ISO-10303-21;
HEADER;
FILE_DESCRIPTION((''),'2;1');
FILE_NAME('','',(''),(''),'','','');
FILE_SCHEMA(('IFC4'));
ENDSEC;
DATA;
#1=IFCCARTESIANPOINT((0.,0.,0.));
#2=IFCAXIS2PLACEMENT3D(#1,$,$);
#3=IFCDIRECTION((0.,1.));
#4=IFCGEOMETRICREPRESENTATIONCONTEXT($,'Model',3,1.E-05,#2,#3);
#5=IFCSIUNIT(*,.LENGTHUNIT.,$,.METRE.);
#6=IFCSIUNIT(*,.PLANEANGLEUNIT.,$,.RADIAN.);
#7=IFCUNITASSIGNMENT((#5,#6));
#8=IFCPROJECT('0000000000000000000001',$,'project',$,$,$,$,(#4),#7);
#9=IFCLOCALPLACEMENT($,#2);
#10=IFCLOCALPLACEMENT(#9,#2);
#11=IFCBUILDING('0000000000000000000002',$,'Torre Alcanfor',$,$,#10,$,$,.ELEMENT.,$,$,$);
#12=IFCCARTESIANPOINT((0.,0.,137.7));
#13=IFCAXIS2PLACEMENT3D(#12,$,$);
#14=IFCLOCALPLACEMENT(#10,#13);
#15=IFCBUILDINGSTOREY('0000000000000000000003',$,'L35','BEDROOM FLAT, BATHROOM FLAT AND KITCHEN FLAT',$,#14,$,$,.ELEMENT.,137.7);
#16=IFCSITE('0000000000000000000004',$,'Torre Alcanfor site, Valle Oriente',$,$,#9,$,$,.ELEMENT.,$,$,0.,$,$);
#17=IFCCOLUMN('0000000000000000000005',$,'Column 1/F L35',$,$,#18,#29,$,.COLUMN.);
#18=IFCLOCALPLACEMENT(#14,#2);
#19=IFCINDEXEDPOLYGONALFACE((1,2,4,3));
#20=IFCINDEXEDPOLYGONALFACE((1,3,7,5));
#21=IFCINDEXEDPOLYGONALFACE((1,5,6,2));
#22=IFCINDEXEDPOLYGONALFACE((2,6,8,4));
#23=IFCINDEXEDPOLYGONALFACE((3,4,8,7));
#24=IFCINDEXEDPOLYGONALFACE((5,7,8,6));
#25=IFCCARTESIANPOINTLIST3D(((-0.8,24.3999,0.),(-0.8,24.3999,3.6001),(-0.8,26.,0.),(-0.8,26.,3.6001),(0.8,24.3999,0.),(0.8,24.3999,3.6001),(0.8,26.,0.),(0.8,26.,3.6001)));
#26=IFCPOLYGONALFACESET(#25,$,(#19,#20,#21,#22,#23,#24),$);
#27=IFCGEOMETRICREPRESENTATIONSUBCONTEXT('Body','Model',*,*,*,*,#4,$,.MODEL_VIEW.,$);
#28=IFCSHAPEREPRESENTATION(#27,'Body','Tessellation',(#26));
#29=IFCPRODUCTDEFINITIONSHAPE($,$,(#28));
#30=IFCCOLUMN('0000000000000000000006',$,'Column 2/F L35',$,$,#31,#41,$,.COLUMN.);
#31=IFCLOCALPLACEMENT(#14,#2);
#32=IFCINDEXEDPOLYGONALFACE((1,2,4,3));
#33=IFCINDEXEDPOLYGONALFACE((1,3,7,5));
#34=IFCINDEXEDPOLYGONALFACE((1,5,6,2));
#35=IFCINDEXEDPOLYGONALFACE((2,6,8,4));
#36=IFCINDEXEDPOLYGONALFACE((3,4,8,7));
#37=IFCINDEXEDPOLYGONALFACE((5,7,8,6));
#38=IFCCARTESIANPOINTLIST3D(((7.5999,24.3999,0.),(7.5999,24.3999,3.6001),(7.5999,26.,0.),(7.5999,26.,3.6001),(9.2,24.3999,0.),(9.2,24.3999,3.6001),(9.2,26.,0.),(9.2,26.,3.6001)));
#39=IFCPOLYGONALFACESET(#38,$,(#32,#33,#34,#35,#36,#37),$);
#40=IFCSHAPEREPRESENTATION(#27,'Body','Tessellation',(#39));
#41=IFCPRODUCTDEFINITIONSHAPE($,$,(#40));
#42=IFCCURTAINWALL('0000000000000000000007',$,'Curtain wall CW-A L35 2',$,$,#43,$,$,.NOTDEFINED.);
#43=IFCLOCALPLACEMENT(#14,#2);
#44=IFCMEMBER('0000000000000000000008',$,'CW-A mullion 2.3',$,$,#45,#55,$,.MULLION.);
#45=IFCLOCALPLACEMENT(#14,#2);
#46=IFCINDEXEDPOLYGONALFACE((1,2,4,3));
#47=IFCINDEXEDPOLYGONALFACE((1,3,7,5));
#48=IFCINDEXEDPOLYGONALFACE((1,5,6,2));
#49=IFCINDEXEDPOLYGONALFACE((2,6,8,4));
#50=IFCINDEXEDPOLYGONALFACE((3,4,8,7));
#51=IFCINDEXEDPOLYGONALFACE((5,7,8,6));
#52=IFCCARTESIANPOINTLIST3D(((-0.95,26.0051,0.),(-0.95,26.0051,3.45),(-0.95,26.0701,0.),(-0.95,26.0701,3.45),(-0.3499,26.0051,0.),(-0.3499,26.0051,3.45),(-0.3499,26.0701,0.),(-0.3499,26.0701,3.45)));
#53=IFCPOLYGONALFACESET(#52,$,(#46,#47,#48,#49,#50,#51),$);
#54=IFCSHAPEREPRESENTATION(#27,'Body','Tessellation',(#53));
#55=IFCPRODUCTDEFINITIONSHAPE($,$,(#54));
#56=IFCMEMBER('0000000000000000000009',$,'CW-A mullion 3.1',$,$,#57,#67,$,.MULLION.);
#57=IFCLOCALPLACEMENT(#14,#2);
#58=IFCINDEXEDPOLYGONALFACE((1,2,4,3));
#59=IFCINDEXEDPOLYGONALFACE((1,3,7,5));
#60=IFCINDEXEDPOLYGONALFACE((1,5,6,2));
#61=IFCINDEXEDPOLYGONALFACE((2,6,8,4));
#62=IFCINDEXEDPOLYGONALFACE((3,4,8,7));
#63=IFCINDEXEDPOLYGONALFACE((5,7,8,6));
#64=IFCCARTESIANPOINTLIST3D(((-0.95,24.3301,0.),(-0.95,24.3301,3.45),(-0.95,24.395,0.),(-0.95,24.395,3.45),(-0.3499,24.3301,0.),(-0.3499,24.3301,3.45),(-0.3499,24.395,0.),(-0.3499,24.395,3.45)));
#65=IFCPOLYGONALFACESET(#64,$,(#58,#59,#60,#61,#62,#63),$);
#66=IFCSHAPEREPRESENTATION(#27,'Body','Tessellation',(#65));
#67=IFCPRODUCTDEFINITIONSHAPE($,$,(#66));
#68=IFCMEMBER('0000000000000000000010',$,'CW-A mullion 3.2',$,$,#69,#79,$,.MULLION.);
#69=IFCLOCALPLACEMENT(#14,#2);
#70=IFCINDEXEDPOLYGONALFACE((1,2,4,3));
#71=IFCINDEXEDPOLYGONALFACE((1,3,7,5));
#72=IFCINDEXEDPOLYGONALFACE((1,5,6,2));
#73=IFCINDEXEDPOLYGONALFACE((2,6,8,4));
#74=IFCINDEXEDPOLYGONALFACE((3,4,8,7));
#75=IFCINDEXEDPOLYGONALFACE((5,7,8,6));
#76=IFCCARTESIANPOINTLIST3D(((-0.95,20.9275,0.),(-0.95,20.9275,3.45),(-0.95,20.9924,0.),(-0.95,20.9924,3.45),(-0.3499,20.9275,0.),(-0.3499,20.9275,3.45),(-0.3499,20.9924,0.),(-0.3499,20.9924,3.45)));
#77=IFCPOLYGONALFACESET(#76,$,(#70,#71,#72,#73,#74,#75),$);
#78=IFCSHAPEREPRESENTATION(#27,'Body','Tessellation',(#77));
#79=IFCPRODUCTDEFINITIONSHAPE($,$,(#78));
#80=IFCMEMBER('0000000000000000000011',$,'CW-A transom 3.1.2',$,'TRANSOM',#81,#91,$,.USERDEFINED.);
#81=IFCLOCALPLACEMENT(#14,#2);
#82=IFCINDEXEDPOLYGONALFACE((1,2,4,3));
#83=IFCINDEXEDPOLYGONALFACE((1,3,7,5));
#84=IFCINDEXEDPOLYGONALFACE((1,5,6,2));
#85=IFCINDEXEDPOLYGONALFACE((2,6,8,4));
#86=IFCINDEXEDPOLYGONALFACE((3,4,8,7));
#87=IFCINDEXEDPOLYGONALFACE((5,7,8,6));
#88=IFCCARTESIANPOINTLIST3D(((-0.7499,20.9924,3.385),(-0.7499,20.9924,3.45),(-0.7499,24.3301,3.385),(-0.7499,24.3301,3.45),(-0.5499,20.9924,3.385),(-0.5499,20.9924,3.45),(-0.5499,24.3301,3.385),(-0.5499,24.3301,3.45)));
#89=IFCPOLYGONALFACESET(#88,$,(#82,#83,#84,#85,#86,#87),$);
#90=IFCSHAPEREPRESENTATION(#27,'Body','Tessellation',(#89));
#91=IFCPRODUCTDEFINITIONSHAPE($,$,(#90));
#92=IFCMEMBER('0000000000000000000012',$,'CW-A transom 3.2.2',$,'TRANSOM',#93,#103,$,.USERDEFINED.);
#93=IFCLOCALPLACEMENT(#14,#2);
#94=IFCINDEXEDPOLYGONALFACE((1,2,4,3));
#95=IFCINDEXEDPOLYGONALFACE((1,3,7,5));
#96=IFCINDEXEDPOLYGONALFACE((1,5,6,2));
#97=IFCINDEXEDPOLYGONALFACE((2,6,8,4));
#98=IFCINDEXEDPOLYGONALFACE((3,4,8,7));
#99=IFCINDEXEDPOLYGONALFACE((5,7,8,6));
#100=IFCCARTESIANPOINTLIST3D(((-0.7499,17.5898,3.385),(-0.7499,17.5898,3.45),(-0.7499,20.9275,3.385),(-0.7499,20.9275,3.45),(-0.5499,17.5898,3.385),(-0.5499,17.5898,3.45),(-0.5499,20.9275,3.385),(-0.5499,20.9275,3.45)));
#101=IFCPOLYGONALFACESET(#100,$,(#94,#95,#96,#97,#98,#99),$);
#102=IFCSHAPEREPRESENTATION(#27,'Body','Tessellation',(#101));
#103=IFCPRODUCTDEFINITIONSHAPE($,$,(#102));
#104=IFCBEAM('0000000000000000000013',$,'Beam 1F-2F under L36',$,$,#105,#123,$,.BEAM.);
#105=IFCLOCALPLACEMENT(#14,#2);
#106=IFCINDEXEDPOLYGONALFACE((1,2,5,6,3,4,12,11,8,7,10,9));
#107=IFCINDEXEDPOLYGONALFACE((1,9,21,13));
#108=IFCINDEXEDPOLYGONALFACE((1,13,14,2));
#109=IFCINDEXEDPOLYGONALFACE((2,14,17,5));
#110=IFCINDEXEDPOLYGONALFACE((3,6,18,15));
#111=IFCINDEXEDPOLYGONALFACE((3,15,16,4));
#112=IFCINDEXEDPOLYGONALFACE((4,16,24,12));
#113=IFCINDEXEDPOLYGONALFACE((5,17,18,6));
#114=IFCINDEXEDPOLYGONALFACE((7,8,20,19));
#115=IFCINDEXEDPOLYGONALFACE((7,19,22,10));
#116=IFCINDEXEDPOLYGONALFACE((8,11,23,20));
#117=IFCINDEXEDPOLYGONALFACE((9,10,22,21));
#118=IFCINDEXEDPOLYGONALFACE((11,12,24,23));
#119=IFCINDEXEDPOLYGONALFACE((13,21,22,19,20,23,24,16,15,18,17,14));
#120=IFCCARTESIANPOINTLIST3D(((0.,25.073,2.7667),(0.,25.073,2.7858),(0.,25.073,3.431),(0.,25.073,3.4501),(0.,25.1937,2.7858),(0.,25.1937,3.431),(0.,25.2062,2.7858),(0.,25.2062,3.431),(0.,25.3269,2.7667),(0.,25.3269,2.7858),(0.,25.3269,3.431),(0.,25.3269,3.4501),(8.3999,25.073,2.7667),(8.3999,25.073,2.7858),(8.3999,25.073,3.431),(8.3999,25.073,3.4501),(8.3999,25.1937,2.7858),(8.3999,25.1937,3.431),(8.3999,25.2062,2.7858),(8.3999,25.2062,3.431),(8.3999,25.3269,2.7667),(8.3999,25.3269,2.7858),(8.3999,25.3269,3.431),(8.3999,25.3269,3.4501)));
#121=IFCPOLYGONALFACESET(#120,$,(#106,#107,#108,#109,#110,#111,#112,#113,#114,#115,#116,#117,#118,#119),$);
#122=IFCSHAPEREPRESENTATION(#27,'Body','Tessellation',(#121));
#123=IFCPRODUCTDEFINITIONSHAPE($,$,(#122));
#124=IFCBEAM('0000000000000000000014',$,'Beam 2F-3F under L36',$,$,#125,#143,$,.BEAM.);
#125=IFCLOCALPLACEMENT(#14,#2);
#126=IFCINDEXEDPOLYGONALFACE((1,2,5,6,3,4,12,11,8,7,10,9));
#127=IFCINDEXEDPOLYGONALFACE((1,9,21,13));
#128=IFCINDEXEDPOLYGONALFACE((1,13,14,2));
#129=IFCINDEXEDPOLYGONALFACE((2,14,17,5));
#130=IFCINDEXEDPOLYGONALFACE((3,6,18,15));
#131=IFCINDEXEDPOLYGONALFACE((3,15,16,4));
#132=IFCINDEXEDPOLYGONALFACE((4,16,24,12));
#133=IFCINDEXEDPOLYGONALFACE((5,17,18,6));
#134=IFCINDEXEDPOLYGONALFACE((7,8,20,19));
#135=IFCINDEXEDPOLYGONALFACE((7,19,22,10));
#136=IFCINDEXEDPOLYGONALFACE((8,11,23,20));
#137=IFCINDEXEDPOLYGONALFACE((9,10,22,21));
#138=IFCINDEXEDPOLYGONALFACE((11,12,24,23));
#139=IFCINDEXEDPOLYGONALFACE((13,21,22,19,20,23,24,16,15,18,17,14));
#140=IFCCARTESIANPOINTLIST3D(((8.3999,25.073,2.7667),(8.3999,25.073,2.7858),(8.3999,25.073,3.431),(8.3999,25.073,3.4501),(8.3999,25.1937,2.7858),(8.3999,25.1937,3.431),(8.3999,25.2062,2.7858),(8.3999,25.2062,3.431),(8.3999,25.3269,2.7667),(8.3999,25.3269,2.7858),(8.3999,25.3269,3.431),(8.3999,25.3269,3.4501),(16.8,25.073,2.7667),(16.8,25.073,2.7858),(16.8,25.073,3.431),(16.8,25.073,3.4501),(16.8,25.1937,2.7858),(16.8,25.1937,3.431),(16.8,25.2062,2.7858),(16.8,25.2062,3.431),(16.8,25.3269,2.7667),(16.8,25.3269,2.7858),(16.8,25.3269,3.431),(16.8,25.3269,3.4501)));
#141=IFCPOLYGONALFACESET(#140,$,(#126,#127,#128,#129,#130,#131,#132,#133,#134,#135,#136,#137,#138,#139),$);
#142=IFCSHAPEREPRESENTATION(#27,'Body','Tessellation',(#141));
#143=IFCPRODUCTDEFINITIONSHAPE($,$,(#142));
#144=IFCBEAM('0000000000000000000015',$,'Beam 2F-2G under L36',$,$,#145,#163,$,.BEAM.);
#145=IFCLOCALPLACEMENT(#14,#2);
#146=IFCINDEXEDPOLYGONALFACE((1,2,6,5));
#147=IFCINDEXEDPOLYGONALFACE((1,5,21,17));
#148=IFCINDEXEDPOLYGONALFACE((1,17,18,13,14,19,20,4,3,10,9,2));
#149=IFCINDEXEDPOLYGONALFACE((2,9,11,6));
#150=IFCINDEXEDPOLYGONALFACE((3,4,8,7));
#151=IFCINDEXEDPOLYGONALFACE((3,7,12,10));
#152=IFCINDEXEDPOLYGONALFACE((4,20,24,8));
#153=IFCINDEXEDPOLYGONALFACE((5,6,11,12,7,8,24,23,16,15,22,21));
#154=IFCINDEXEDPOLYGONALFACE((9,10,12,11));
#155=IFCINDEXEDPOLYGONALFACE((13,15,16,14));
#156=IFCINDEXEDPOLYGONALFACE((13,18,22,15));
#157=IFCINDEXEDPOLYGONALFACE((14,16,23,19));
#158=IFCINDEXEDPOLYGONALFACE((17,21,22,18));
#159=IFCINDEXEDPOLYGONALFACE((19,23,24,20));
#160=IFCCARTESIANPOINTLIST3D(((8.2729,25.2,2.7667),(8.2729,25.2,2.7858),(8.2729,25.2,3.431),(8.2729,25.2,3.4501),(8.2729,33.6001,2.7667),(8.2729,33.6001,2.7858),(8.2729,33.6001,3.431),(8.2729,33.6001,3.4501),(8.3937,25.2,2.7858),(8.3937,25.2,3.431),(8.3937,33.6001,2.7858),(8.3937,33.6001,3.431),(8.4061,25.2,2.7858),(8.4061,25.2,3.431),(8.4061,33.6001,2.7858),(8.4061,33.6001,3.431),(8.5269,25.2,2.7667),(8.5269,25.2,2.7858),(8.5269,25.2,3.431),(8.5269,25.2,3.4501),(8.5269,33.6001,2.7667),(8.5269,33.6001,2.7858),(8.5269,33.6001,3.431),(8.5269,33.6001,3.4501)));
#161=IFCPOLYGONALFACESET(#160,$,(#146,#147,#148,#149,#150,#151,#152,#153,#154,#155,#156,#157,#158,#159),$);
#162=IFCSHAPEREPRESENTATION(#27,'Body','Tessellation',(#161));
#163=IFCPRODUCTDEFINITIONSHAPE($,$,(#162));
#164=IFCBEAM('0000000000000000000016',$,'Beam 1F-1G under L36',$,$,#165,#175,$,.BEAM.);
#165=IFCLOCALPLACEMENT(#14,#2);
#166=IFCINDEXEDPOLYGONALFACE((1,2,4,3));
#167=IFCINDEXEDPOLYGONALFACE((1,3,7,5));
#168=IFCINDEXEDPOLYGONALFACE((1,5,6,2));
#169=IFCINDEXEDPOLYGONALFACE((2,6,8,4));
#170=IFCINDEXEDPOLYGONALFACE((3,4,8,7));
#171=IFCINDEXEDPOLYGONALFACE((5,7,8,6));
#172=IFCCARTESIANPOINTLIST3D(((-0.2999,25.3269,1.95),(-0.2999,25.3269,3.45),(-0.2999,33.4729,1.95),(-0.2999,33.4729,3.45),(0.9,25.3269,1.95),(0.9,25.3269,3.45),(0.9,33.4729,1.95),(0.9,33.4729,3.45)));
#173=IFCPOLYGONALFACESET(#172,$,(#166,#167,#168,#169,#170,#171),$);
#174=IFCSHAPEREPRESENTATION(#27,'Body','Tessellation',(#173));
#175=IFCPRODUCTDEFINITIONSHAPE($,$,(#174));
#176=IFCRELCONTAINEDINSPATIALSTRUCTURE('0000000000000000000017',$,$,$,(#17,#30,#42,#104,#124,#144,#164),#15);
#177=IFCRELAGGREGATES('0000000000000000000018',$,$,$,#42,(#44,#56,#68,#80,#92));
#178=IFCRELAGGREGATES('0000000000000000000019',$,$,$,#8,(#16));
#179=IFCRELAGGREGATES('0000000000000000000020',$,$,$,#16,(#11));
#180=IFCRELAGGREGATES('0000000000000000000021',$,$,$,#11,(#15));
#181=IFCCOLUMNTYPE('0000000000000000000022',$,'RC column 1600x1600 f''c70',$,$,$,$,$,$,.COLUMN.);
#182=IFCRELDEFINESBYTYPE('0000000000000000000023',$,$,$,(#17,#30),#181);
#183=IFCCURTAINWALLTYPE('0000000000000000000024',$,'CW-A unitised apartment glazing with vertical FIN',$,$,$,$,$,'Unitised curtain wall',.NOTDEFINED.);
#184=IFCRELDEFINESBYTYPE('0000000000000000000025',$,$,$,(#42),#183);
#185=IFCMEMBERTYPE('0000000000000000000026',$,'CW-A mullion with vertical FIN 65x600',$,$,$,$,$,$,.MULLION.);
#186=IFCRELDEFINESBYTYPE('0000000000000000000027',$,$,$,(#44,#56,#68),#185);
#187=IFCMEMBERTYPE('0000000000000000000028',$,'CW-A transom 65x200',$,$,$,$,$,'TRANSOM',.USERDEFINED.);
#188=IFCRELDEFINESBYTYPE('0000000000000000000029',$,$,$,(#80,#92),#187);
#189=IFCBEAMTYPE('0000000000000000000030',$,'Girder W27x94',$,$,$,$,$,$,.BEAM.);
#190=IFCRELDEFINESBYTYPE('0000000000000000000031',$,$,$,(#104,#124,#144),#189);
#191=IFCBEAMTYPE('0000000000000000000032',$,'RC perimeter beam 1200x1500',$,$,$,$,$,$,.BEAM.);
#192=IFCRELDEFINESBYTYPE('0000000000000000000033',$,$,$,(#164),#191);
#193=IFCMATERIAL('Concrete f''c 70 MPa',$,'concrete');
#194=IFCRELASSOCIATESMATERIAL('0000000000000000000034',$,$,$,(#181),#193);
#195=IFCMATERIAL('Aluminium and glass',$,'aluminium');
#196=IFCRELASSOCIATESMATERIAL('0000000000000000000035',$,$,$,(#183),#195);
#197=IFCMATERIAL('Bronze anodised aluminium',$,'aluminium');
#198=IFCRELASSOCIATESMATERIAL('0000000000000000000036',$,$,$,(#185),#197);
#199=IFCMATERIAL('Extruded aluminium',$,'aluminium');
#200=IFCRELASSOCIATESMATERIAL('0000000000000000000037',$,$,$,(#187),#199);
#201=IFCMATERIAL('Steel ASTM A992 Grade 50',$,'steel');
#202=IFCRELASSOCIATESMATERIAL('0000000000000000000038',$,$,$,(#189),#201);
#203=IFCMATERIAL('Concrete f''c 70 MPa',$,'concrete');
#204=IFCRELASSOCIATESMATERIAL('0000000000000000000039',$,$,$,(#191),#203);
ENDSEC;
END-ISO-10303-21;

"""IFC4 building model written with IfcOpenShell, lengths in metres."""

from ifc_helpers import new_model, si_unit, direction, frame, origin, origin_2d, place, context, subcontext, project, spatial, rectangle, i_section, extrude, material, material_profile, profile_set, type_object, element, aggregate, save


model = new_model("IFC4")

# Units and contexts
model_context = context("Model", 3, precision=1e-05, world=origin(), true_north=direction((0.0, 1.0)))
body_context = subcontext(model_context, "Body", "Model", "MODEL_VIEW")
ifc_project = project(units=[si_unit("LENGTHUNIT", "METRE"), si_unit("PLANEANGLEUNIT", "RADIAN")], contexts=[model_context])

# Site, building, storey
site_placement = place(None, origin())
site = spatial("IfcSite", under=ifc_project, at=site_placement, Name="Torre Alcanfor site, Valle Oriente", CompositionType="ELEMENT", RefElevation=0.0)
building_placement = place(site_placement, origin())
building = spatial("IfcBuilding", under=site, at=building_placement, Name="Torre Alcanfor", CompositionType="ELEMENT")
storey_placement = place(building_placement, frame((0.0, 0.0, 137.7)))
storey = spatial("IfcBuildingStorey", under=building, at=storey_placement, Name="L35", Description="BEDROOM FLAT, BATHROOM FLAT AND KITCHEN FLAT", CompositionType="ELEMENT", Elevation=137.7)

# Columns
ifc_material_1 = material(Name="Concrete f'c 70 MPa", Category="concrete")
ifc_material_profile_1 = material_profile(ifc_material_1, rectangle(XDim=1.6001, YDim=1.6001, at=origin_2d()), Name="1600x1600")
ifc_profile_set_1 = profile_set([ifc_material_profile_1], Name="Concrete f'c 70 MPa")
column_type = type_object("IfcColumnType", Name="RC column 1600x1600 f'c70", PredefinedType="COLUMN", material=ifc_profile_set_1)
for number, where, z_axis, x_axis, name in (
    (1, (0.0, 25.2, 0.0), (0.0, 0.0, 1.0), (1.0, 0.0, 0.0), "Column 1/F L35"),
    (2, (8.3999, 25.2, 0.0), (0.0, 0.0, 1.0), (1.0, 0.0, 0.0), "Column 2/F L35"),
):
    element("IfcColumn", number, at=place(storey_placement, frame(where, z_axis=z_axis, x_axis=x_axis)), inside=storey, type_object=column_type, Name=name, PredefinedType="COLUMN", context=body_context, shape_type="SweptSolid", body=[
        extrude(rectangle(XDim=1.6001, YDim=1.6001, at=origin_2d()), origin(), (0.0, 0.0, 1.0), 3.6001),
    ])

# Curtain wall, members
ifc_material_2 = material(Name="Aluminium and glass", Category="aluminium")
curtain_wall_type = type_object("IfcCurtainWallType", Name="CW-A unitised apartment glazing with vertical FIN", ElementType="Unitised curtain wall", PredefinedType="NOTDEFINED", material=ifc_material_2)
curtain_wall_placement = place(storey_placement, origin())
curtain_wall = element("IfcCurtainWall", 3, at=curtain_wall_placement, inside=storey, type_object=curtain_wall_type, Name="Curtain wall CW-A L35 2", PredefinedType="NOTDEFINED")
ifc_material_3 = material(Name="Bronze anodised aluminium", Category="aluminium")
ifc_material_profile_2 = material_profile(ifc_material_3, rectangle(XDim=0.6001, YDim=0.0649, at=origin_2d()), Name="CW-A mullion 65x600")
ifc_profile_set_2 = profile_set([ifc_material_profile_2], Name="Bronze anodised aluminium")
member_type_1 = type_object("IfcMemberType", Name="CW-A mullion with vertical FIN 65x600", PredefinedType="MULLION", material=ifc_profile_set_2)
member_1_placement = place(storey_placement, frame((-0.6499, 26.0376, 0.0), z_axis=(0.0, 0.0, 1.0), x_axis=(1.0, 0.0, 0.0)))
member_1 = element("IfcMember", 4, at=member_1_placement, type_object=member_type_1, Name="CW-A mullion 2.3", PredefinedType="MULLION", context=body_context, shape_type="SweptSolid", body=[
    extrude(rectangle(XDim=0.6001, YDim=0.0649, at=origin_2d()), origin(), (0.0, 0.0, 1.0), 3.45),
])
member_2_placement = place(storey_placement, frame((-0.6499, 24.3625, 0.0), z_axis=(0.0, 0.0, 1.0), x_axis=(1.0, 0.0, 0.0)))
member_2 = element("IfcMember", 5, at=member_2_placement, type_object=member_type_1, Name="CW-A mullion 3.1", PredefinedType="MULLION", context=body_context, shape_type="SweptSolid", body=[
    extrude(rectangle(XDim=0.6001, YDim=0.0649, at=origin_2d()), origin(), (0.0, 0.0, 1.0), 3.45),
])
member_3_placement = place(storey_placement, frame((-0.6499, 20.96, 0.0), z_axis=(0.0, 0.0, 1.0), x_axis=(1.0, 0.0, 0.0)))
member_3 = element("IfcMember", 6, at=member_3_placement, type_object=member_type_1, Name="CW-A mullion 3.2", PredefinedType="MULLION", context=body_context, shape_type="SweptSolid", body=[
    extrude(rectangle(XDim=0.6001, YDim=0.0649, at=origin_2d()), origin(), (0.0, 0.0, 1.0), 3.45),
])
ifc_material_4 = material(Name="Extruded aluminium", Category="aluminium")
ifc_material_profile_3 = material_profile(ifc_material_4, rectangle(XDim=0.2, YDim=0.0649, at=origin_2d()), Name="CW-A transom 200x65")
ifc_profile_set_3 = profile_set([ifc_material_profile_3], Name="Extruded aluminium")
member_type_2 = type_object("IfcMemberType", Name="CW-A transom 65x200", ElementType="TRANSOM", PredefinedType="USERDEFINED", material=ifc_profile_set_3)
member_4_placement = place(storey_placement, frame((-0.6499, 24.3301, 3.4175), z_axis=(0.0, -1.0, 0.0), x_axis=(1.0, 0.0, 0.0)))
member_4 = element("IfcMember", 7, at=member_4_placement, type_object=member_type_2, Name="CW-A transom 3.1.2", ObjectType="TRANSOM", PredefinedType="USERDEFINED", context=body_context, shape_type="SweptSolid", body=[
    extrude(rectangle(XDim=0.2, YDim=0.0649, at=origin_2d()), origin(), (0.0, 0.0, 1.0), 3.3376),
])
member_5_placement = place(storey_placement, frame((-0.6499, 20.9275, 3.4175), z_axis=(0.0, -1.0, 0.0), x_axis=(1.0, 0.0, 0.0)))
member_5 = element("IfcMember", 8, at=member_5_placement, type_object=member_type_2, Name="CW-A transom 3.2.2", ObjectType="TRANSOM", PredefinedType="USERDEFINED", context=body_context, shape_type="SweptSolid", body=[
    extrude(rectangle(XDim=0.2, YDim=0.0649, at=origin_2d()), origin(), (0.0, 0.0, 1.0), 3.3376),
])

# Beams
ifc_material_5 = material(Name="Steel ASTM A992 Grade 50", Category="steel")
ifc_material_profile_4 = material_profile(ifc_material_5, i_section(OverallWidth=0.2539, OverallDepth=0.6833, WebThickness=0.0125, FlangeThickness=0.019, at=origin_2d()), Name="W27x94")
ifc_profile_set_4 = profile_set([ifc_material_profile_4], Name="Steel ASTM A992 Grade 50")
beam_type_1 = type_object("IfcBeamType", Name="Girder W27x94", PredefinedType="BEAM", material=ifc_profile_set_4)
beam_1_placement = place(storey_placement, frame((0.0, 25.2, 3.1084), z_axis=(1.0, 0.0, 0.0), x_axis=(0.0, 1.0, 0.0)))
element("IfcBeam", 9, at=beam_1_placement, inside=storey, type_object=beam_type_1, Name="Beam 1F-2F under L36", PredefinedType="BEAM", context=body_context, shape_type="SweptSolid", body=[
    extrude(i_section(OverallWidth=0.2539, OverallDepth=0.6833, WebThickness=0.0125, FlangeThickness=0.019, at=origin_2d()), origin(), (0.0, 0.0, 1.0), 8.3999),
])
for number, where, z_axis, x_axis, name in (
    (10, (8.3999, 25.2, 3.1084), (1.0, 0.0, 0.0), (0.0, 1.0, 0.0), "Beam 2F-3F under L36"),
    (11, (8.3999, 25.2, 3.1084), (0.0, 1.0, 0.0), (-1.0, 0.0, 0.0), "Beam 2F-2G under L36"),
):
    element("IfcBeam", number, at=place(storey_placement, frame(where, z_axis=z_axis, x_axis=x_axis)), inside=storey, type_object=beam_type_1, Name=name, PredefinedType="BEAM", context=body_context, shape_type="SweptSolid", body=[
        extrude(i_section(OverallWidth=0.2539, OverallDepth=0.6833, WebThickness=0.0125, FlangeThickness=0.019, at=origin_2d()), origin(), (0.0, 0.0, 1.0), 8.4001),
    ])
ifc_material_6 = material(Name="Concrete f'c 70 MPa", Category="concrete")
ifc_material_profile_5 = material_profile(ifc_material_6, rectangle(XDim=1.2, YDim=1.5, at=origin_2d()), Name="1200x1500")
ifc_profile_set_5 = profile_set([ifc_material_profile_5], Name="Concrete f'c 70 MPa")
beam_type_2 = type_object("IfcBeamType", Name="RC perimeter beam 1200x1500", PredefinedType="BEAM", material=ifc_profile_set_5)
beam_2_placement = place(storey_placement, frame((0.3, 25.3269, 2.7), z_axis=(0.0, 1.0, 0.0), x_axis=(-1.0, 0.0, 0.0)))
element("IfcBeam", 12, at=beam_2_placement, inside=storey, type_object=beam_type_2, Name="Beam 1F-1G under L36", PredefinedType="BEAM", context=body_context, shape_type="SweptSolid", body=[
    extrude(rectangle(XDim=1.2, YDim=1.5, at=origin_2d()), origin(), (0.0, 0.0, 1.0), 8.146),
])

aggregate(curtain_wall, [member_1, member_2, member_3, member_4, member_5])

save(model, "model.ifc")
